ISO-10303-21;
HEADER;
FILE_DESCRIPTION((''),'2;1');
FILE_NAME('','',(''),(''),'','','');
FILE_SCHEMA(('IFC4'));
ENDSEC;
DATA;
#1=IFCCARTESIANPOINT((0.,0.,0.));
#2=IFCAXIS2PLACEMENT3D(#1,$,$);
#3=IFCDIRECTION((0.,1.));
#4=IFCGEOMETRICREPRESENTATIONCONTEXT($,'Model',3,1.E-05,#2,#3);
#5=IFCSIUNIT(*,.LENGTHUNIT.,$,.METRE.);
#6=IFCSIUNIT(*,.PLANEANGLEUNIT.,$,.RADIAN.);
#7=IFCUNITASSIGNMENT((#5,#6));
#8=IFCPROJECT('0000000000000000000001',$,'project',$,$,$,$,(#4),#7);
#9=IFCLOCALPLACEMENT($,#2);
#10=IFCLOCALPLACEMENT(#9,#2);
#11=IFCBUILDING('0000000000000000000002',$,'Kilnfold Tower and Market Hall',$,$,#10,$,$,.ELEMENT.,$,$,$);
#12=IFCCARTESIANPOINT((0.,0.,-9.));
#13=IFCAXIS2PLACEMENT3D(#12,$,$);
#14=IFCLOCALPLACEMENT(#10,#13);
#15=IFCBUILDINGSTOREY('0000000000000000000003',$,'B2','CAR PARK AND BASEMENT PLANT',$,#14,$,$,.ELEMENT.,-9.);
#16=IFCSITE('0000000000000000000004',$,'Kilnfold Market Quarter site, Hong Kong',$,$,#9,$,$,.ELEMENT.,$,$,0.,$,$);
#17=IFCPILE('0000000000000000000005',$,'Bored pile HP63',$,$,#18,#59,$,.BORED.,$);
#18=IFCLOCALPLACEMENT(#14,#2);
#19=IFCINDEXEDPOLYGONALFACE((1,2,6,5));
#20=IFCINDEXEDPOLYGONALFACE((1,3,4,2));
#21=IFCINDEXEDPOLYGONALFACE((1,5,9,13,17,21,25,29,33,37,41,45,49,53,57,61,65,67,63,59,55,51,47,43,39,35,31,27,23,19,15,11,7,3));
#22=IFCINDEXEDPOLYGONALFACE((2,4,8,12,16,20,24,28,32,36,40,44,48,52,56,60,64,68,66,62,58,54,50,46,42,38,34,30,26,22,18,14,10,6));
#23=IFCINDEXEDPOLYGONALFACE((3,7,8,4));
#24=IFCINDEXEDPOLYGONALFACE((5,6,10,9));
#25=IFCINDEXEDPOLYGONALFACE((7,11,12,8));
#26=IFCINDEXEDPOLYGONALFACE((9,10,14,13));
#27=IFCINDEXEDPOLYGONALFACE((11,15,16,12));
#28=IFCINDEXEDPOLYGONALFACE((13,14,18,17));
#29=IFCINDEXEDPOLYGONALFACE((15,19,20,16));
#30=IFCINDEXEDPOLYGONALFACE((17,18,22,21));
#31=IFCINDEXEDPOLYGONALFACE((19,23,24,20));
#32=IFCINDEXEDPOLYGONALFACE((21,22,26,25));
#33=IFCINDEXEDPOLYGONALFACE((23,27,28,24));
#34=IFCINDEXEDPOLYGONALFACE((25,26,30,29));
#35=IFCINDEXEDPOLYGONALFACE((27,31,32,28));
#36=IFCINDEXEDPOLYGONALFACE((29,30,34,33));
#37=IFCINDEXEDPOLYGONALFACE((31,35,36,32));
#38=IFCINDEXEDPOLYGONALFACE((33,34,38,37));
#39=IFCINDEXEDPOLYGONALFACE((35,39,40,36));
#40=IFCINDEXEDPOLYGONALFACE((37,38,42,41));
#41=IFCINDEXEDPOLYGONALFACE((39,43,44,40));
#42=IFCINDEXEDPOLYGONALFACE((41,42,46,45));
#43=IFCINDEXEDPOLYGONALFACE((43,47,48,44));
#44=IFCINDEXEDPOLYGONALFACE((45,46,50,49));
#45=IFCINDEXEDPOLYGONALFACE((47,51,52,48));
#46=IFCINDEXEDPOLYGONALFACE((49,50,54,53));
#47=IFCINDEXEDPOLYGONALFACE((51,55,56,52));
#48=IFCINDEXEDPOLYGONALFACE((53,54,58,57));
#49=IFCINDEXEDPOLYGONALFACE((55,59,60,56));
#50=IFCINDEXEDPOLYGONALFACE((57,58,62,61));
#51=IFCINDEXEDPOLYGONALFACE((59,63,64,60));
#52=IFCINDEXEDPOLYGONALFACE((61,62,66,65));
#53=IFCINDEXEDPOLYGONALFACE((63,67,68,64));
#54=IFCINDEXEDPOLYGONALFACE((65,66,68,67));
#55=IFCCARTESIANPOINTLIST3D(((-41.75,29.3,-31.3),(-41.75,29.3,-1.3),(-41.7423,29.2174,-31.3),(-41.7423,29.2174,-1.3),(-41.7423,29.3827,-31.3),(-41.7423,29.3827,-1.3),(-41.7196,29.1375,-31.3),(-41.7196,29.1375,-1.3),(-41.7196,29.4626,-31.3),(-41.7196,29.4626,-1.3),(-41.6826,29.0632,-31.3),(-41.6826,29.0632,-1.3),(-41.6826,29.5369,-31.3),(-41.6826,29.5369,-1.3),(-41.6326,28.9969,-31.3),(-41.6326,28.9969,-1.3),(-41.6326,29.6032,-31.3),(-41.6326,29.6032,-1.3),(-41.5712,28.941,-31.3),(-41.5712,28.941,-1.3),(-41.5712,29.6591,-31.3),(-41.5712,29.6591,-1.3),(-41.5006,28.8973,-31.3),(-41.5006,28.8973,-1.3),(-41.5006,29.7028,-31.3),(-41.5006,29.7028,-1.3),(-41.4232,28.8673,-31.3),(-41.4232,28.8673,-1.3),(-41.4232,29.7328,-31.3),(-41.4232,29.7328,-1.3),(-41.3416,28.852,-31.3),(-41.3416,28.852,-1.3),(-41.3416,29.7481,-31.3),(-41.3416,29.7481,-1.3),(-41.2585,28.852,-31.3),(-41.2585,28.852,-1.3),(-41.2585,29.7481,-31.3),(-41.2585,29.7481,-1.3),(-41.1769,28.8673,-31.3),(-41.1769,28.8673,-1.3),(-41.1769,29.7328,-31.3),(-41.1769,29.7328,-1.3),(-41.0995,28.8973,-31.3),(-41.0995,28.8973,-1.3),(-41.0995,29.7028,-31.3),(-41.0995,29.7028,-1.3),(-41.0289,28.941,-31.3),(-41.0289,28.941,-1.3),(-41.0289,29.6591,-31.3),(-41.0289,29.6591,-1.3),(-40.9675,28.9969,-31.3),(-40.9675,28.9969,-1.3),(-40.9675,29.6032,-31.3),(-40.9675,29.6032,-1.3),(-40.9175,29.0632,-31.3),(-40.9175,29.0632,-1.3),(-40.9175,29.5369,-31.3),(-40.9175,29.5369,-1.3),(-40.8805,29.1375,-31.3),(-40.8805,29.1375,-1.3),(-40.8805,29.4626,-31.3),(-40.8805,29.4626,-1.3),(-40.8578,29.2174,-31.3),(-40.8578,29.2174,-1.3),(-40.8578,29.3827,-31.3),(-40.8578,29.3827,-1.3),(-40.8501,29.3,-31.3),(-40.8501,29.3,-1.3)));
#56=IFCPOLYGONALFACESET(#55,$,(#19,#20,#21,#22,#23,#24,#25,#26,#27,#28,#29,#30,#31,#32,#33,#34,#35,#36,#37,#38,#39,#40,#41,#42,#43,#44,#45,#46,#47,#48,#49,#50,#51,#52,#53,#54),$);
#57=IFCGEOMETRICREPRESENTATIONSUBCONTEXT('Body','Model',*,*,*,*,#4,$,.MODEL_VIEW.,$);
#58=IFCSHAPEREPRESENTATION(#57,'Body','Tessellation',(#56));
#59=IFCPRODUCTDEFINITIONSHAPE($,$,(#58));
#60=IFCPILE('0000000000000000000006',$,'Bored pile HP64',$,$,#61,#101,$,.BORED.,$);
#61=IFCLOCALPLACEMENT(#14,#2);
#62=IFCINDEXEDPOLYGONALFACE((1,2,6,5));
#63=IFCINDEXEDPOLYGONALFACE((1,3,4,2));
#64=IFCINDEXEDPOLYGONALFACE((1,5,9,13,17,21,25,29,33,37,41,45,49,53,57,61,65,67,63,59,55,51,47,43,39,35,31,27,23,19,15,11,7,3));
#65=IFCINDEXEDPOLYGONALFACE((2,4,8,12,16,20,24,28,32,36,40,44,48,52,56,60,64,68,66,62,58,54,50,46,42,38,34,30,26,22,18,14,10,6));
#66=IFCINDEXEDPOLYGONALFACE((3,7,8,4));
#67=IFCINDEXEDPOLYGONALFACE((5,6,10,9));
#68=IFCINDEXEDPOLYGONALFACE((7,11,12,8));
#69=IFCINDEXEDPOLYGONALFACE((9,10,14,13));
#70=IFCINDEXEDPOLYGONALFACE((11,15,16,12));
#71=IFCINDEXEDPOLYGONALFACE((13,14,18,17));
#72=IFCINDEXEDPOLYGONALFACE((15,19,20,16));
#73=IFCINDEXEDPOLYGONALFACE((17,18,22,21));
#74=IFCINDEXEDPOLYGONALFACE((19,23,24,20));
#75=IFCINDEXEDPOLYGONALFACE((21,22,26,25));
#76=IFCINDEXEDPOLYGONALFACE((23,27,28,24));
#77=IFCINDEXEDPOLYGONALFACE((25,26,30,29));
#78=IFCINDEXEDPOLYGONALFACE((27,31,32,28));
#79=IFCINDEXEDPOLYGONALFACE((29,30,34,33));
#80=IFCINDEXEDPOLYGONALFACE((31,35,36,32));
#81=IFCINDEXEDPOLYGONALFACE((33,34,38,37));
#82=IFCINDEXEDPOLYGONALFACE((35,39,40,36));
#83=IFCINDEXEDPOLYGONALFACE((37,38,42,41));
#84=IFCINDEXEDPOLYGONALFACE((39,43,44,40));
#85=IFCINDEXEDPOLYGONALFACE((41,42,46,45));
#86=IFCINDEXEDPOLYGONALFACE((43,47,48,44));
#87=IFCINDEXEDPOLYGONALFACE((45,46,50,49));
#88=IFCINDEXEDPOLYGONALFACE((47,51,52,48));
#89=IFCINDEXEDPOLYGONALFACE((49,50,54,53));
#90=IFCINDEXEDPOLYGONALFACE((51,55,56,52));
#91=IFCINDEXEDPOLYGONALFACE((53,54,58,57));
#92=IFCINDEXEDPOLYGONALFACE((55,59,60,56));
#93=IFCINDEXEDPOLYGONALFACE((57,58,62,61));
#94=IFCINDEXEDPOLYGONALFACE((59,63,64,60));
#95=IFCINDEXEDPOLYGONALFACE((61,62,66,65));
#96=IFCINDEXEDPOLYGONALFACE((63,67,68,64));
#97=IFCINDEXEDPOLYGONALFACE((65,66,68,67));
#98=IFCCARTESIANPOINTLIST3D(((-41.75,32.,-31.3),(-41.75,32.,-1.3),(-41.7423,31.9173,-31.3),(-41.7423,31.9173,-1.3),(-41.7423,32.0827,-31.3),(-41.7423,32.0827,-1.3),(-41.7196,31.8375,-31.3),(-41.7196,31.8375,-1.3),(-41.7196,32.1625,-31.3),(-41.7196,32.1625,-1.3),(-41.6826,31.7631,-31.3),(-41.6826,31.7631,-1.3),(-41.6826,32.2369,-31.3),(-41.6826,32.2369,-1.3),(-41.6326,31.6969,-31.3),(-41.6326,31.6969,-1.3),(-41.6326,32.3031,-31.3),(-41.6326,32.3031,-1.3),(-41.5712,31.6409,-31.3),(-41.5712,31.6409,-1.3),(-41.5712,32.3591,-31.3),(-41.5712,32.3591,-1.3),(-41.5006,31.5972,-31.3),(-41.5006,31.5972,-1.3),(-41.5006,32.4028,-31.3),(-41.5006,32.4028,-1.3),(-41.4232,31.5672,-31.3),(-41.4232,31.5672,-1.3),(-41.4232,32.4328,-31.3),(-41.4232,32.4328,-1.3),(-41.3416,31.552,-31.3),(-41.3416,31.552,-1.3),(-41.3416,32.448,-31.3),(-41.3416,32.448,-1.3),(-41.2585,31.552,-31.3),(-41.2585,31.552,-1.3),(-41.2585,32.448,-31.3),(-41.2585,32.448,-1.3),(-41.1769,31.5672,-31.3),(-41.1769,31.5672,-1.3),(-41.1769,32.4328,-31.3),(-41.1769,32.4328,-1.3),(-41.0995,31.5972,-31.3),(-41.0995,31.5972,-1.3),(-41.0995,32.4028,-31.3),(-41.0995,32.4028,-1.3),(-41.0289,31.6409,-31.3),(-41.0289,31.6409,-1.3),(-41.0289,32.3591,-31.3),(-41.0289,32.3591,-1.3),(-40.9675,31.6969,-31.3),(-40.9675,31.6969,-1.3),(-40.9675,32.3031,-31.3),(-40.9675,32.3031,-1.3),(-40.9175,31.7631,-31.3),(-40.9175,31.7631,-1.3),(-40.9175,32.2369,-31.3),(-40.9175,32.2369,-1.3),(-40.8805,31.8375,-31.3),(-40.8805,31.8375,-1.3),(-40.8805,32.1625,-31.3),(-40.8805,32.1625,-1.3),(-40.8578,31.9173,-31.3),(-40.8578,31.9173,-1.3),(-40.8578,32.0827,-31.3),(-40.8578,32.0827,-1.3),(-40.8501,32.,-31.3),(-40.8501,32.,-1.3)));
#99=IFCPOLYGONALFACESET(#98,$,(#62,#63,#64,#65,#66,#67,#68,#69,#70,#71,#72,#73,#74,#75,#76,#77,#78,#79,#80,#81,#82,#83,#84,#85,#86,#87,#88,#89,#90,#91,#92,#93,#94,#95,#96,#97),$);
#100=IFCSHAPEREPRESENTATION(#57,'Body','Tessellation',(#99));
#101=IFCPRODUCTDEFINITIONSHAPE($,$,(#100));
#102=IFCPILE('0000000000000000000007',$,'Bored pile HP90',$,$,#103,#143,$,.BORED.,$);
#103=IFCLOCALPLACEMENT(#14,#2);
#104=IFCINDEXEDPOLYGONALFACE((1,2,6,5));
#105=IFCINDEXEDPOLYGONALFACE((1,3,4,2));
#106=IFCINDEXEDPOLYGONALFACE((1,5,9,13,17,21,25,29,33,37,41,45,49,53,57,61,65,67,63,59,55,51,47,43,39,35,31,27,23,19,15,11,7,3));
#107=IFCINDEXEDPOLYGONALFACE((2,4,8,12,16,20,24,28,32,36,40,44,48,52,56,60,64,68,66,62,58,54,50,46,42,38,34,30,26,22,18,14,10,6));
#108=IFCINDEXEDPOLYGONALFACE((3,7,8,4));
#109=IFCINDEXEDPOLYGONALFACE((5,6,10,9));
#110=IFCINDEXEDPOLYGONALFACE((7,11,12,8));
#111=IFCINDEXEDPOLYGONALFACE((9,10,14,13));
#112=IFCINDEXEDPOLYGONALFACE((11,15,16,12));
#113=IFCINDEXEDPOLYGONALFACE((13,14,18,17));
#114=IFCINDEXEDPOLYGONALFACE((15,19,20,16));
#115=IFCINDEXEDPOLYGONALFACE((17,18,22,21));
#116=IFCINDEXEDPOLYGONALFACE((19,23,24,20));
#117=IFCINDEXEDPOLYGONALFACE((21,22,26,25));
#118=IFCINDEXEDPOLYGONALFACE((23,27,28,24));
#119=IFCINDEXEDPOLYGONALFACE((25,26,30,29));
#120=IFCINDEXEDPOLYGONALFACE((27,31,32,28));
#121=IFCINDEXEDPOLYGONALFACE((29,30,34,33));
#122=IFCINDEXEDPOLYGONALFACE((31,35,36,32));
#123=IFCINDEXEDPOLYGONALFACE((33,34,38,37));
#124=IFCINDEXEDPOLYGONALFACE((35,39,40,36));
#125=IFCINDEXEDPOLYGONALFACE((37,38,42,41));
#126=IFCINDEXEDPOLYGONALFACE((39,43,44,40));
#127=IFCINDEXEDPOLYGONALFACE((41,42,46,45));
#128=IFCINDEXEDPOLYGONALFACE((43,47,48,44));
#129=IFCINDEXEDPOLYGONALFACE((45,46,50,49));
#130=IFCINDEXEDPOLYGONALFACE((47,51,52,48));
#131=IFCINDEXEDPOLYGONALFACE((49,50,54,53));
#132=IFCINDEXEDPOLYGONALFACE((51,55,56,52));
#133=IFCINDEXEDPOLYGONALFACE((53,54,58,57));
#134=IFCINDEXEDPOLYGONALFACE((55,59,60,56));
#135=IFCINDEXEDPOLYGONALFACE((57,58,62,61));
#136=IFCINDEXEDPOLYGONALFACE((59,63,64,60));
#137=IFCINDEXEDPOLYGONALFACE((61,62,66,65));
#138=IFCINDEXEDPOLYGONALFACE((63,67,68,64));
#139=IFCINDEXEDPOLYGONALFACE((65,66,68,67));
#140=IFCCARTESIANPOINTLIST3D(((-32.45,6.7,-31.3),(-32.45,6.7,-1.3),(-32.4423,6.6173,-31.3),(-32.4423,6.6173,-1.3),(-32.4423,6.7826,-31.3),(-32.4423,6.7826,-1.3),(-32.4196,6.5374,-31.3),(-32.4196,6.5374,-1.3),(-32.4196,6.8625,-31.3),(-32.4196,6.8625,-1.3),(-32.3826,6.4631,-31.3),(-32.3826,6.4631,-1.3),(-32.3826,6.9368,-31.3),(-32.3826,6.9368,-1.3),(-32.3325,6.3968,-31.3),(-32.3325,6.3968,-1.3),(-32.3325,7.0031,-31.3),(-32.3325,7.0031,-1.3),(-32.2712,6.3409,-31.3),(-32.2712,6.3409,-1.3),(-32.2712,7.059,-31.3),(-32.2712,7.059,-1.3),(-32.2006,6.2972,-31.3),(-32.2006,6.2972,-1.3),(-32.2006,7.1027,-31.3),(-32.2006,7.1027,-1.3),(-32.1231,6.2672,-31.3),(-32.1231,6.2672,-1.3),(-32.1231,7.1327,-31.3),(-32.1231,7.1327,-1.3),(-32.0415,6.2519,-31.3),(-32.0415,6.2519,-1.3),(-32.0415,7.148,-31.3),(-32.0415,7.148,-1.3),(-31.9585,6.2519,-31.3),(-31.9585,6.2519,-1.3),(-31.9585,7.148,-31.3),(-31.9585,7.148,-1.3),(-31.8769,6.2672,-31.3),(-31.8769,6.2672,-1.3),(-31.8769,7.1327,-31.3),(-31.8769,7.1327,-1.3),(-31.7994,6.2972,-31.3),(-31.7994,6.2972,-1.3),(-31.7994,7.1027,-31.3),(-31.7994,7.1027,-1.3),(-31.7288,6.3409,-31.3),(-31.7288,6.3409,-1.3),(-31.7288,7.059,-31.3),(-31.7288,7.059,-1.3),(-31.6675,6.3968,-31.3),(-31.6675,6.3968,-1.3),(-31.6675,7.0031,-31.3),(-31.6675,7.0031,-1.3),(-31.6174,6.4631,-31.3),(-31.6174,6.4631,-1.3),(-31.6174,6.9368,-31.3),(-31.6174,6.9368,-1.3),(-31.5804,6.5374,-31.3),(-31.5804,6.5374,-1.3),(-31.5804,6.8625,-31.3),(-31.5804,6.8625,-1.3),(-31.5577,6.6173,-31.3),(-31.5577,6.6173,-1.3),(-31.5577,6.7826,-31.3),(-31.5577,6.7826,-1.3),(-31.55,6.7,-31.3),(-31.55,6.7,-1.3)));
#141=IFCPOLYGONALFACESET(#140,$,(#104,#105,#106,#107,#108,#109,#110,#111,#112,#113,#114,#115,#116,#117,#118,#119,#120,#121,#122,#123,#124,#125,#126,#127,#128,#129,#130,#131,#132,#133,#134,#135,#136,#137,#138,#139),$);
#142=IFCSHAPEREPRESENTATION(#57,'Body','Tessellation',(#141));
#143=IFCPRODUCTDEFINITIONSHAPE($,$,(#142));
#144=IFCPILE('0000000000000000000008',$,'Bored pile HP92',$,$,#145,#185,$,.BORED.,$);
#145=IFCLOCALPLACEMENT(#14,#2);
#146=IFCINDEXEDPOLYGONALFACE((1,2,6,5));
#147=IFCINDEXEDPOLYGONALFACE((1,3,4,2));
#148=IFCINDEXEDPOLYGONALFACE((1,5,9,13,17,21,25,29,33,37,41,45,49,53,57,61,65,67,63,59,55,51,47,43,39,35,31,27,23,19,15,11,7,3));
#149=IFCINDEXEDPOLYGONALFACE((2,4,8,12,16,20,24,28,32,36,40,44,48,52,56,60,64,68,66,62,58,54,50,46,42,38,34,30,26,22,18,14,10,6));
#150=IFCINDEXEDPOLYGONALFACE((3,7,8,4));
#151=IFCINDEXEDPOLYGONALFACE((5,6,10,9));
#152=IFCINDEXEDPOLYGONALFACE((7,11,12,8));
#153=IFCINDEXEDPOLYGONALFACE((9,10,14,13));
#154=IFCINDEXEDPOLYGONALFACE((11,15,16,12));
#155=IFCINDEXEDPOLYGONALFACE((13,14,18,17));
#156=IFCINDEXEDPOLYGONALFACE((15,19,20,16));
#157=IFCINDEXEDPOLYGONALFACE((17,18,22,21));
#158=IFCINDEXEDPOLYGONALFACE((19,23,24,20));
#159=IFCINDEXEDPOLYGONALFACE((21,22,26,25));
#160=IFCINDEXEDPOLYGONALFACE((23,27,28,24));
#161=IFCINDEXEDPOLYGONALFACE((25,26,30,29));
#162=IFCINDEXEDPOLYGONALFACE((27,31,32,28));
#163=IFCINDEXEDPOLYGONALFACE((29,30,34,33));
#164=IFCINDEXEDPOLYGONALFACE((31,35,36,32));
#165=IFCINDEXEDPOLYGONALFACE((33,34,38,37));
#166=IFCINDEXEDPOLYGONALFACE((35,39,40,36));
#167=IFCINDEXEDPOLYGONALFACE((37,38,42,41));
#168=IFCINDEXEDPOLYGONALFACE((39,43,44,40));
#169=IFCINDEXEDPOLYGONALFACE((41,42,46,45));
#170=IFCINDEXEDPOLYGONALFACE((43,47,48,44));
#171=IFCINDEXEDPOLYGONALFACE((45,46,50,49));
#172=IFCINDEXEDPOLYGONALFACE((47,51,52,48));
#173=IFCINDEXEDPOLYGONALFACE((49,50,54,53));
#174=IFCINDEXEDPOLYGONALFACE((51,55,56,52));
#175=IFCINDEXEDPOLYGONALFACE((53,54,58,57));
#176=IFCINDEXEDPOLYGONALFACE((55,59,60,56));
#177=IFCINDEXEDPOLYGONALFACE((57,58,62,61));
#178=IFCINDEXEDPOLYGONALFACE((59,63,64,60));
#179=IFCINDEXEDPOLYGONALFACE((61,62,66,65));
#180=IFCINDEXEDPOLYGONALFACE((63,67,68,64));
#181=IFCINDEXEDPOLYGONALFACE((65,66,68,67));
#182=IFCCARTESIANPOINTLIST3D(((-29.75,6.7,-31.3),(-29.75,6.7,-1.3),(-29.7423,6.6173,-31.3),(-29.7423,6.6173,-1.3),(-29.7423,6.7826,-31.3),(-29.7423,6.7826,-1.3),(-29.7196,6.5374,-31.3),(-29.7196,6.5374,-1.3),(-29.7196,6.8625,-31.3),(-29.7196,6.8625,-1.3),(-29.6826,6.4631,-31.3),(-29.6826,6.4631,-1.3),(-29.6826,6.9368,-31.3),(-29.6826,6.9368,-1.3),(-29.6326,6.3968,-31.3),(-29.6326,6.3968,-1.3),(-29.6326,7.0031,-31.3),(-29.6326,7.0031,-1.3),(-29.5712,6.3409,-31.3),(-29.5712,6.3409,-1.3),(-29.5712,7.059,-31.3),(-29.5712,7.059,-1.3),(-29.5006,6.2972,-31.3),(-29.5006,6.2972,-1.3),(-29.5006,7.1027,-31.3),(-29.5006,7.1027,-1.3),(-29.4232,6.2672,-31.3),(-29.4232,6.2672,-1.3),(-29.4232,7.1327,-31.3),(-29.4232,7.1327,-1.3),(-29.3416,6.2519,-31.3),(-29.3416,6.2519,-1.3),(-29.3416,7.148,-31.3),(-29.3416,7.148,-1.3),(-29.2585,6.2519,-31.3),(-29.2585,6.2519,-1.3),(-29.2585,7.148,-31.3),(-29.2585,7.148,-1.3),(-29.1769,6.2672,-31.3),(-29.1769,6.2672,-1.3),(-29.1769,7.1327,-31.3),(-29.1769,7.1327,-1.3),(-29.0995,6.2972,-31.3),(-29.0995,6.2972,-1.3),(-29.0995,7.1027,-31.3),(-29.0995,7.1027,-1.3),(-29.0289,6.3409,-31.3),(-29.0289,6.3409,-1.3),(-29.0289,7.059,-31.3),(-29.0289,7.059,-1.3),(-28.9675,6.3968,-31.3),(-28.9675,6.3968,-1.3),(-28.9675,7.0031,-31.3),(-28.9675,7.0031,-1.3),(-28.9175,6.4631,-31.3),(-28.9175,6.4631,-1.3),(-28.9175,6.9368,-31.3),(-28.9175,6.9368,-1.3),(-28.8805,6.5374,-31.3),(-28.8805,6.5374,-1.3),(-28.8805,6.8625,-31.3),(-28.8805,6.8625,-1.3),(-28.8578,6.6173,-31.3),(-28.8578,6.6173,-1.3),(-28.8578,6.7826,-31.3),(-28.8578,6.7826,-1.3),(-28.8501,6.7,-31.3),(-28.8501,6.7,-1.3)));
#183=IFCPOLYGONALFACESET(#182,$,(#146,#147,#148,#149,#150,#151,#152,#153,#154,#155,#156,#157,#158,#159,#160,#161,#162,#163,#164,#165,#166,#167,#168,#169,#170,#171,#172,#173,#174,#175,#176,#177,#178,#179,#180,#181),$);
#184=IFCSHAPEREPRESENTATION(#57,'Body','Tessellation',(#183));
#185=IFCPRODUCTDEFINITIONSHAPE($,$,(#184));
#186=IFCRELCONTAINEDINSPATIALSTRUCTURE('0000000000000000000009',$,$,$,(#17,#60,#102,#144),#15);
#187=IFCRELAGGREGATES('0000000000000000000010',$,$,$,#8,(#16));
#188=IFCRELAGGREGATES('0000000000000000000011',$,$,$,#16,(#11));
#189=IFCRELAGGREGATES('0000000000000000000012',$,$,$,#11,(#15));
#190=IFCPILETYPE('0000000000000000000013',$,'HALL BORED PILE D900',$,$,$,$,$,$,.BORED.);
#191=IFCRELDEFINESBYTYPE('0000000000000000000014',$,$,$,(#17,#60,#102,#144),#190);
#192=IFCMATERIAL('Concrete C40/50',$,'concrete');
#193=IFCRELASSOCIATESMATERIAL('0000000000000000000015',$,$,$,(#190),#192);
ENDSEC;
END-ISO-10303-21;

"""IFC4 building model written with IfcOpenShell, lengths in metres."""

from ifc_helpers import new_model, si_unit, direction, frame, origin, origin_2d, place, context, subcontext, project, spatial, circle, extrude, source, transform, mapped, material, material_profile, profile_set, type_object, element, save


model = new_model("IFC4")

# Units and contexts
model_context = context("Model", 3, precision=1e-05, world=origin(), true_north=direction((0.0, 1.0)))
body_context = subcontext(model_context, "Body", "Model", "MODEL_VIEW")
ifc_project = project(units=[si_unit("LENGTHUNIT", "METRE"), si_unit("PLANEANGLEUNIT", "RADIAN")], contexts=[model_context])

# Site, building, storey
site_placement = place(None, origin())
site = spatial("IfcSite", under=ifc_project, at=site_placement, Name="Kilnfold Market Quarter site, Hong Kong", CompositionType="ELEMENT", RefElevation=0.0)
building_placement = place(site_placement, origin())
building = spatial("IfcBuilding", under=site, at=building_placement, Name="Kilnfold Tower and Market Hall", CompositionType="ELEMENT")
storey_placement = place(building_placement, frame((0.0, 0.0, -9.0)))
storey = spatial("IfcBuildingStorey", under=building, at=storey_placement, Name="B2", Description="CAR PARK AND BASEMENT PLANT", CompositionType="ELEMENT", Elevation=-9.0)

# Piles
ifc_material_1 = material(Name="Concrete C40/50", Category="concrete")
ifc_material_profile_1 = material_profile(ifc_material_1, circle(Radius=0.45, at=origin_2d()), Name="D900")
ifc_profile_set_1 = profile_set([ifc_material_profile_1], Name="Concrete C40/50")
pile_type = type_object("IfcPileType", Name="HALL BORED PILE D900", PredefinedType="BORED", material=ifc_profile_set_1)
shared_shape_1 = source(origin(), body_context, "Body", "SweptSolid", [
    extrude(circle(Radius=0.45, at=origin_2d()), origin(), (0.0, 0.0, 1.0), 30.0),
])
for number, where, z_axis, x_axis, name in (
    (1, (-41.3, 29.3, -1.3), (0.0, 0.0, -1.0), (1.0, 0.0, 0.0), "Bored pile HP63"),
    (2, (-41.3, 32.0, -1.3), (0.0, 0.0, -1.0), (1.0, 0.0, 0.0), "Bored pile HP64"),
    (3, (-32.0, 6.7, -1.3), (0.0, 0.0, -1.0), (1.0, 0.0, 0.0), "Bored pile HP90"),
    (4, (-29.3, 6.7, -1.3), (0.0, 0.0, -1.0), (1.0, 0.0, 0.0), "Bored pile HP92"),
):
    element("IfcPile", number, at=place(storey_placement, frame(where, z_axis=z_axis, x_axis=x_axis)), inside=storey, type_object=pile_type, Name=name, PredefinedType="BORED", context=body_context, shape_type="MappedRepresentation", body=[
        mapped(shared_shape_1, transform((0.0, 0.0, 0.0))),
    ])

save(model, "model.ifc")
